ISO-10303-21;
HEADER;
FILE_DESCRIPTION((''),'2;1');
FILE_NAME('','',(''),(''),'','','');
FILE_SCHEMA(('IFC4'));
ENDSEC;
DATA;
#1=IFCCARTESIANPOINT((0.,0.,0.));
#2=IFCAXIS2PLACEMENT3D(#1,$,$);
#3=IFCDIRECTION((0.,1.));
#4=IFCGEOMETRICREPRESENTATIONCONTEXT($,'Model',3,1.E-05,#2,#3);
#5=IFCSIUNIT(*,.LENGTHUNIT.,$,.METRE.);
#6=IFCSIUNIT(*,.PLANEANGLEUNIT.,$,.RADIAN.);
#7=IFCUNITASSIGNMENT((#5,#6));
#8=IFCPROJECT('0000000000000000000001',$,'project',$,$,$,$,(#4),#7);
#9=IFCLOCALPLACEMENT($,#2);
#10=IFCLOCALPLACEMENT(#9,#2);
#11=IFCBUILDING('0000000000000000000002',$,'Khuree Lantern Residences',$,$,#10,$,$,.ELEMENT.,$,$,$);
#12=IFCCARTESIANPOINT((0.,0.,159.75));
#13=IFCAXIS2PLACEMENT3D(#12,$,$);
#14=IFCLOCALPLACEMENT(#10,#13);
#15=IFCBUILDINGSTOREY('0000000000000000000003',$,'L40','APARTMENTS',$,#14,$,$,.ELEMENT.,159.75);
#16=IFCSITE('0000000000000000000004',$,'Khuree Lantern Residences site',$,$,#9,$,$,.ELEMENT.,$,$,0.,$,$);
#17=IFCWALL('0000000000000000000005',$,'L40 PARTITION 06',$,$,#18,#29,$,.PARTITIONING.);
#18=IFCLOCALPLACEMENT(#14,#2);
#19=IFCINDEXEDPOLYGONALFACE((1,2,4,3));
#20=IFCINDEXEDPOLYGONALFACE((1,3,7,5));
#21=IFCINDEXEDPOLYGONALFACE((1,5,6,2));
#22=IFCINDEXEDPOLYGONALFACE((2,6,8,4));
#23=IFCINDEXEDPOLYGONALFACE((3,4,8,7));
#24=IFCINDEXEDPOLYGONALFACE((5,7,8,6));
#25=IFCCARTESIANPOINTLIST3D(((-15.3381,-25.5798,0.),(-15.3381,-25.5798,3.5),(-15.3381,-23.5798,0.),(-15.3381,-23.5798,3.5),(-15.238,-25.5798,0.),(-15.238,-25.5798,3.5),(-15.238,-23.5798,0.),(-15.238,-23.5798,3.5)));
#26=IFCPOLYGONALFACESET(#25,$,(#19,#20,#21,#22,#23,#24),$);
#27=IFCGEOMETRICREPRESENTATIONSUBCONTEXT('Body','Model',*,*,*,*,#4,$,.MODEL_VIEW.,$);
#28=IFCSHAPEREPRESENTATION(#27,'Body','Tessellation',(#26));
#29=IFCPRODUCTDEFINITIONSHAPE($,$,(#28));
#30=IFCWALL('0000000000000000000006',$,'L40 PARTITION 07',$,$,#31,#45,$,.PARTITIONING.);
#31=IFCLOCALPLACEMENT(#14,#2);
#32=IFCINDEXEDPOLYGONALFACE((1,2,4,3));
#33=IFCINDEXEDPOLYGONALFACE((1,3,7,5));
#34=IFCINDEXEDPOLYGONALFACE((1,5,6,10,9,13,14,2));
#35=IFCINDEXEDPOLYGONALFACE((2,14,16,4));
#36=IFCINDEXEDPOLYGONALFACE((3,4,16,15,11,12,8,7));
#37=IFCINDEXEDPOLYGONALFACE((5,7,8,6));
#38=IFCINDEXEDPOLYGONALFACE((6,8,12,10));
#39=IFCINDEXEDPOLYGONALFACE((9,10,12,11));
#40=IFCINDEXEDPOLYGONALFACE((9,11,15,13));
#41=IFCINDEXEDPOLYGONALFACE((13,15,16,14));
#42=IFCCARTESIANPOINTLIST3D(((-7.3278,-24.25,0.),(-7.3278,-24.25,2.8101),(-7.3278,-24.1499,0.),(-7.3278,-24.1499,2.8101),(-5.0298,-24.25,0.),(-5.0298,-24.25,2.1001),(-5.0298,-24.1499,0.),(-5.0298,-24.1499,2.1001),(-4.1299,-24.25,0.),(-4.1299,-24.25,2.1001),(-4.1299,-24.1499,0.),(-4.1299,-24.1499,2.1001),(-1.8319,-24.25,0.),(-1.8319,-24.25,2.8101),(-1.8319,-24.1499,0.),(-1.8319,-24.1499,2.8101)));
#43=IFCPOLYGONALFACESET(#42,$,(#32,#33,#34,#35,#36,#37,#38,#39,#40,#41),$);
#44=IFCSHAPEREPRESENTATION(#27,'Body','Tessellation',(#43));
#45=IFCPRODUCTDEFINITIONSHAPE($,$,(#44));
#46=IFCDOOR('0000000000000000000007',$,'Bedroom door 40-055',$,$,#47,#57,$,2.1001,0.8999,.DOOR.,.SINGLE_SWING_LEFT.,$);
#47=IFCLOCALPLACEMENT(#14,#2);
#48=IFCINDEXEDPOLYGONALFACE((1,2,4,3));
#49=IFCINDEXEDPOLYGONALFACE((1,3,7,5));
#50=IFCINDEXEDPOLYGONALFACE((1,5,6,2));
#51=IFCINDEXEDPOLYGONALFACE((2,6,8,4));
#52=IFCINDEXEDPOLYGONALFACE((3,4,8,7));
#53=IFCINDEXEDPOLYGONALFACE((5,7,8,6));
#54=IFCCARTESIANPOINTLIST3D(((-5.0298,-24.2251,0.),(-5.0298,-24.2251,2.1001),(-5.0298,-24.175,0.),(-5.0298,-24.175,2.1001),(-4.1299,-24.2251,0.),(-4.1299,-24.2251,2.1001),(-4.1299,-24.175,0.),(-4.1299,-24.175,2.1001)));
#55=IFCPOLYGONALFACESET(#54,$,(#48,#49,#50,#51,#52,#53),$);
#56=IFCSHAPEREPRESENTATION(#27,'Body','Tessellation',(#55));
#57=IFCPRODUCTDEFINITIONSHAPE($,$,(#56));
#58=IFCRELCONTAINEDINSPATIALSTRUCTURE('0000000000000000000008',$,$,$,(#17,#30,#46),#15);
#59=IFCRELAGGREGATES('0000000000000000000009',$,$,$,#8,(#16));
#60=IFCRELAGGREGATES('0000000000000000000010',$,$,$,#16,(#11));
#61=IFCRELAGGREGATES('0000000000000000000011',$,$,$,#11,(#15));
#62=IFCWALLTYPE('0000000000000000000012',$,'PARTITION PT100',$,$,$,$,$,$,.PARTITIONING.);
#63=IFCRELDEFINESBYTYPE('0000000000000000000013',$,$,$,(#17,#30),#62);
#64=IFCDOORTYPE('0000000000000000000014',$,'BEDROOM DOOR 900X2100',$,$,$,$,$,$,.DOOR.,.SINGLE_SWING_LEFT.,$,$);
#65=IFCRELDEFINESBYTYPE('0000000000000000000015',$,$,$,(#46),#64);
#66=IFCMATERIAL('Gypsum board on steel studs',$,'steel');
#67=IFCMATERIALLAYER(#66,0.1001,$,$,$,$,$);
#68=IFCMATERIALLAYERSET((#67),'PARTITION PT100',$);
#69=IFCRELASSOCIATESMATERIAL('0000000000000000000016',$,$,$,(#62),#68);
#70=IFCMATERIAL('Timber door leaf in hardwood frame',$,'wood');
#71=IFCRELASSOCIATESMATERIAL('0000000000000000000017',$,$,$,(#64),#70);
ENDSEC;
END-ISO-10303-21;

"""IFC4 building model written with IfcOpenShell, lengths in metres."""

from ifc_helpers import new_model, si_unit, direction, frame, frame_2d, origin, place, context, subcontext, project, spatial, rectangle, extrude, material, layer, layer_set, type_object, element, fill, save


model = new_model("IFC4")

# Units and contexts
model_context = context("Model", 3, precision=1e-05, world=origin(), true_north=direction((0.0, 1.0)))
body_context = subcontext(model_context, "Body", "Model", "MODEL_VIEW")
ifc_project = project(units=[si_unit("LENGTHUNIT", "METRE"), si_unit("PLANEANGLEUNIT", "RADIAN")], contexts=[model_context])

# Site, building, storey
site_placement = place(None, origin())
site = spatial("IfcSite", under=ifc_project, at=site_placement, Name="Khuree Lantern Residences site", CompositionType="ELEMENT", RefElevation=0.0)
building_placement = place(site_placement, origin())
building = spatial("IfcBuilding", under=site, at=building_placement, Name="Khuree Lantern Residences", CompositionType="ELEMENT")
storey_placement = place(building_placement, frame((0.0, 0.0, 159.75)))
storey = spatial("IfcBuildingStorey", under=building, at=storey_placement, Name="L40", Description="APARTMENTS", CompositionType="ELEMENT", Elevation=159.75)

# Shared definitions
ifc_material_1 = material(Name="Gypsum board on steel studs", Category="steel")
ifc_layer_1 = layer(ifc_material_1, 0.1001)
ifc_layer_set_1 = layer_set([ifc_layer_1], Name="PARTITION PT100")
wall_type_1 = type_object("IfcWallType", Name="PARTITION PT100", PredefinedType="PARTITIONING", material=ifc_layer_set_1)

# Shared definitions
ifc_material_2 = material(Name="Timber door leaf in hardwood frame", Category="wood")
door_type_1 = type_object("IfcDoorType", Name="BEDROOM DOOR 900X2100", OperationType="SINGLE_SWING_LEFT", PredefinedType="DOOR", material=ifc_material_2)

# Wall
wall_1_placement = place(storey_placement, frame((-15.2881, -23.5798, 0.0), z_axis=(0.0, 0.0, 1.0), x_axis=(0.0, -1.0, 0.0)))
element("IfcWall", 1, at=wall_1_placement, inside=storey, type_object=wall_type_1, Name="L40 PARTITION 06", PredefinedType="PARTITIONING", context=body_context, shape_type="SweptSolid", body=[
    extrude(rectangle(XDim=2.0, YDim=0.1001, at=frame_2d((1.0, 0.0))), origin(), (0.0, 0.0, 1.0), 3.5),
])

# Wall, opening, door
wall_2_placement = place(storey_placement, frame((-7.3279, -24.2, 0.0), z_axis=(0.0, 0.0, 1.0), x_axis=(1.0, 0.0, 0.0)))
wall_2 = element("IfcWall", 2, at=wall_2_placement, inside=storey, type_object=wall_type_1, Name="L40 PARTITION 07", PredefinedType="PARTITIONING", context=body_context, shape_type="SweptSolid", body=[
    extrude(rectangle(XDim=5.4958, YDim=0.1001, at=frame_2d((2.748, 0.0))), origin(), (0.0, 0.0, 1.0), 2.8101),
])
opening_1_placement = place(wall_2_placement, frame((2.2981, 0.0, 0.0)))
opening_1 = element("IfcOpeningElement", 3, at=opening_1_placement, cuts=wall_2, PredefinedType="OPENING", context=body_context, shape_type="SweptSolid", body=[
    extrude(rectangle(XDim=0.8999, YDim=2.1001, at=frame_2d((0.45, 1.05))), frame((0.0, 0.0601, 0.0), z_axis=(0.0, -1.0, 0.0), x_axis=(1.0, 0.0, 0.0)), (0.0, 0.0, 1.0), 0.1201),
])
door_1_placement = place(opening_1_placement, origin())
door_1 = element("IfcDoor", 4, at=door_1_placement, inside=storey, type_object=door_type_1, Name="Bedroom door 40-055", OperationType="SINGLE_SWING_LEFT", OverallHeight=2.1001, OverallWidth=0.8999, PredefinedType="DOOR", context=body_context, shape_type="SweptSolid", body=[
    extrude(rectangle(XDim=0.8999, YDim=2.1001, at=frame_2d((0.45, 1.05))), frame((0.0, 0.0249, 0.0), z_axis=(0.0, -1.0, 0.0), x_axis=(1.0, 0.0, 0.0)), (0.0, 0.0, 1.0), 0.05),
])
fill(opening_1, door_1)

save(model, "model.ifc")
